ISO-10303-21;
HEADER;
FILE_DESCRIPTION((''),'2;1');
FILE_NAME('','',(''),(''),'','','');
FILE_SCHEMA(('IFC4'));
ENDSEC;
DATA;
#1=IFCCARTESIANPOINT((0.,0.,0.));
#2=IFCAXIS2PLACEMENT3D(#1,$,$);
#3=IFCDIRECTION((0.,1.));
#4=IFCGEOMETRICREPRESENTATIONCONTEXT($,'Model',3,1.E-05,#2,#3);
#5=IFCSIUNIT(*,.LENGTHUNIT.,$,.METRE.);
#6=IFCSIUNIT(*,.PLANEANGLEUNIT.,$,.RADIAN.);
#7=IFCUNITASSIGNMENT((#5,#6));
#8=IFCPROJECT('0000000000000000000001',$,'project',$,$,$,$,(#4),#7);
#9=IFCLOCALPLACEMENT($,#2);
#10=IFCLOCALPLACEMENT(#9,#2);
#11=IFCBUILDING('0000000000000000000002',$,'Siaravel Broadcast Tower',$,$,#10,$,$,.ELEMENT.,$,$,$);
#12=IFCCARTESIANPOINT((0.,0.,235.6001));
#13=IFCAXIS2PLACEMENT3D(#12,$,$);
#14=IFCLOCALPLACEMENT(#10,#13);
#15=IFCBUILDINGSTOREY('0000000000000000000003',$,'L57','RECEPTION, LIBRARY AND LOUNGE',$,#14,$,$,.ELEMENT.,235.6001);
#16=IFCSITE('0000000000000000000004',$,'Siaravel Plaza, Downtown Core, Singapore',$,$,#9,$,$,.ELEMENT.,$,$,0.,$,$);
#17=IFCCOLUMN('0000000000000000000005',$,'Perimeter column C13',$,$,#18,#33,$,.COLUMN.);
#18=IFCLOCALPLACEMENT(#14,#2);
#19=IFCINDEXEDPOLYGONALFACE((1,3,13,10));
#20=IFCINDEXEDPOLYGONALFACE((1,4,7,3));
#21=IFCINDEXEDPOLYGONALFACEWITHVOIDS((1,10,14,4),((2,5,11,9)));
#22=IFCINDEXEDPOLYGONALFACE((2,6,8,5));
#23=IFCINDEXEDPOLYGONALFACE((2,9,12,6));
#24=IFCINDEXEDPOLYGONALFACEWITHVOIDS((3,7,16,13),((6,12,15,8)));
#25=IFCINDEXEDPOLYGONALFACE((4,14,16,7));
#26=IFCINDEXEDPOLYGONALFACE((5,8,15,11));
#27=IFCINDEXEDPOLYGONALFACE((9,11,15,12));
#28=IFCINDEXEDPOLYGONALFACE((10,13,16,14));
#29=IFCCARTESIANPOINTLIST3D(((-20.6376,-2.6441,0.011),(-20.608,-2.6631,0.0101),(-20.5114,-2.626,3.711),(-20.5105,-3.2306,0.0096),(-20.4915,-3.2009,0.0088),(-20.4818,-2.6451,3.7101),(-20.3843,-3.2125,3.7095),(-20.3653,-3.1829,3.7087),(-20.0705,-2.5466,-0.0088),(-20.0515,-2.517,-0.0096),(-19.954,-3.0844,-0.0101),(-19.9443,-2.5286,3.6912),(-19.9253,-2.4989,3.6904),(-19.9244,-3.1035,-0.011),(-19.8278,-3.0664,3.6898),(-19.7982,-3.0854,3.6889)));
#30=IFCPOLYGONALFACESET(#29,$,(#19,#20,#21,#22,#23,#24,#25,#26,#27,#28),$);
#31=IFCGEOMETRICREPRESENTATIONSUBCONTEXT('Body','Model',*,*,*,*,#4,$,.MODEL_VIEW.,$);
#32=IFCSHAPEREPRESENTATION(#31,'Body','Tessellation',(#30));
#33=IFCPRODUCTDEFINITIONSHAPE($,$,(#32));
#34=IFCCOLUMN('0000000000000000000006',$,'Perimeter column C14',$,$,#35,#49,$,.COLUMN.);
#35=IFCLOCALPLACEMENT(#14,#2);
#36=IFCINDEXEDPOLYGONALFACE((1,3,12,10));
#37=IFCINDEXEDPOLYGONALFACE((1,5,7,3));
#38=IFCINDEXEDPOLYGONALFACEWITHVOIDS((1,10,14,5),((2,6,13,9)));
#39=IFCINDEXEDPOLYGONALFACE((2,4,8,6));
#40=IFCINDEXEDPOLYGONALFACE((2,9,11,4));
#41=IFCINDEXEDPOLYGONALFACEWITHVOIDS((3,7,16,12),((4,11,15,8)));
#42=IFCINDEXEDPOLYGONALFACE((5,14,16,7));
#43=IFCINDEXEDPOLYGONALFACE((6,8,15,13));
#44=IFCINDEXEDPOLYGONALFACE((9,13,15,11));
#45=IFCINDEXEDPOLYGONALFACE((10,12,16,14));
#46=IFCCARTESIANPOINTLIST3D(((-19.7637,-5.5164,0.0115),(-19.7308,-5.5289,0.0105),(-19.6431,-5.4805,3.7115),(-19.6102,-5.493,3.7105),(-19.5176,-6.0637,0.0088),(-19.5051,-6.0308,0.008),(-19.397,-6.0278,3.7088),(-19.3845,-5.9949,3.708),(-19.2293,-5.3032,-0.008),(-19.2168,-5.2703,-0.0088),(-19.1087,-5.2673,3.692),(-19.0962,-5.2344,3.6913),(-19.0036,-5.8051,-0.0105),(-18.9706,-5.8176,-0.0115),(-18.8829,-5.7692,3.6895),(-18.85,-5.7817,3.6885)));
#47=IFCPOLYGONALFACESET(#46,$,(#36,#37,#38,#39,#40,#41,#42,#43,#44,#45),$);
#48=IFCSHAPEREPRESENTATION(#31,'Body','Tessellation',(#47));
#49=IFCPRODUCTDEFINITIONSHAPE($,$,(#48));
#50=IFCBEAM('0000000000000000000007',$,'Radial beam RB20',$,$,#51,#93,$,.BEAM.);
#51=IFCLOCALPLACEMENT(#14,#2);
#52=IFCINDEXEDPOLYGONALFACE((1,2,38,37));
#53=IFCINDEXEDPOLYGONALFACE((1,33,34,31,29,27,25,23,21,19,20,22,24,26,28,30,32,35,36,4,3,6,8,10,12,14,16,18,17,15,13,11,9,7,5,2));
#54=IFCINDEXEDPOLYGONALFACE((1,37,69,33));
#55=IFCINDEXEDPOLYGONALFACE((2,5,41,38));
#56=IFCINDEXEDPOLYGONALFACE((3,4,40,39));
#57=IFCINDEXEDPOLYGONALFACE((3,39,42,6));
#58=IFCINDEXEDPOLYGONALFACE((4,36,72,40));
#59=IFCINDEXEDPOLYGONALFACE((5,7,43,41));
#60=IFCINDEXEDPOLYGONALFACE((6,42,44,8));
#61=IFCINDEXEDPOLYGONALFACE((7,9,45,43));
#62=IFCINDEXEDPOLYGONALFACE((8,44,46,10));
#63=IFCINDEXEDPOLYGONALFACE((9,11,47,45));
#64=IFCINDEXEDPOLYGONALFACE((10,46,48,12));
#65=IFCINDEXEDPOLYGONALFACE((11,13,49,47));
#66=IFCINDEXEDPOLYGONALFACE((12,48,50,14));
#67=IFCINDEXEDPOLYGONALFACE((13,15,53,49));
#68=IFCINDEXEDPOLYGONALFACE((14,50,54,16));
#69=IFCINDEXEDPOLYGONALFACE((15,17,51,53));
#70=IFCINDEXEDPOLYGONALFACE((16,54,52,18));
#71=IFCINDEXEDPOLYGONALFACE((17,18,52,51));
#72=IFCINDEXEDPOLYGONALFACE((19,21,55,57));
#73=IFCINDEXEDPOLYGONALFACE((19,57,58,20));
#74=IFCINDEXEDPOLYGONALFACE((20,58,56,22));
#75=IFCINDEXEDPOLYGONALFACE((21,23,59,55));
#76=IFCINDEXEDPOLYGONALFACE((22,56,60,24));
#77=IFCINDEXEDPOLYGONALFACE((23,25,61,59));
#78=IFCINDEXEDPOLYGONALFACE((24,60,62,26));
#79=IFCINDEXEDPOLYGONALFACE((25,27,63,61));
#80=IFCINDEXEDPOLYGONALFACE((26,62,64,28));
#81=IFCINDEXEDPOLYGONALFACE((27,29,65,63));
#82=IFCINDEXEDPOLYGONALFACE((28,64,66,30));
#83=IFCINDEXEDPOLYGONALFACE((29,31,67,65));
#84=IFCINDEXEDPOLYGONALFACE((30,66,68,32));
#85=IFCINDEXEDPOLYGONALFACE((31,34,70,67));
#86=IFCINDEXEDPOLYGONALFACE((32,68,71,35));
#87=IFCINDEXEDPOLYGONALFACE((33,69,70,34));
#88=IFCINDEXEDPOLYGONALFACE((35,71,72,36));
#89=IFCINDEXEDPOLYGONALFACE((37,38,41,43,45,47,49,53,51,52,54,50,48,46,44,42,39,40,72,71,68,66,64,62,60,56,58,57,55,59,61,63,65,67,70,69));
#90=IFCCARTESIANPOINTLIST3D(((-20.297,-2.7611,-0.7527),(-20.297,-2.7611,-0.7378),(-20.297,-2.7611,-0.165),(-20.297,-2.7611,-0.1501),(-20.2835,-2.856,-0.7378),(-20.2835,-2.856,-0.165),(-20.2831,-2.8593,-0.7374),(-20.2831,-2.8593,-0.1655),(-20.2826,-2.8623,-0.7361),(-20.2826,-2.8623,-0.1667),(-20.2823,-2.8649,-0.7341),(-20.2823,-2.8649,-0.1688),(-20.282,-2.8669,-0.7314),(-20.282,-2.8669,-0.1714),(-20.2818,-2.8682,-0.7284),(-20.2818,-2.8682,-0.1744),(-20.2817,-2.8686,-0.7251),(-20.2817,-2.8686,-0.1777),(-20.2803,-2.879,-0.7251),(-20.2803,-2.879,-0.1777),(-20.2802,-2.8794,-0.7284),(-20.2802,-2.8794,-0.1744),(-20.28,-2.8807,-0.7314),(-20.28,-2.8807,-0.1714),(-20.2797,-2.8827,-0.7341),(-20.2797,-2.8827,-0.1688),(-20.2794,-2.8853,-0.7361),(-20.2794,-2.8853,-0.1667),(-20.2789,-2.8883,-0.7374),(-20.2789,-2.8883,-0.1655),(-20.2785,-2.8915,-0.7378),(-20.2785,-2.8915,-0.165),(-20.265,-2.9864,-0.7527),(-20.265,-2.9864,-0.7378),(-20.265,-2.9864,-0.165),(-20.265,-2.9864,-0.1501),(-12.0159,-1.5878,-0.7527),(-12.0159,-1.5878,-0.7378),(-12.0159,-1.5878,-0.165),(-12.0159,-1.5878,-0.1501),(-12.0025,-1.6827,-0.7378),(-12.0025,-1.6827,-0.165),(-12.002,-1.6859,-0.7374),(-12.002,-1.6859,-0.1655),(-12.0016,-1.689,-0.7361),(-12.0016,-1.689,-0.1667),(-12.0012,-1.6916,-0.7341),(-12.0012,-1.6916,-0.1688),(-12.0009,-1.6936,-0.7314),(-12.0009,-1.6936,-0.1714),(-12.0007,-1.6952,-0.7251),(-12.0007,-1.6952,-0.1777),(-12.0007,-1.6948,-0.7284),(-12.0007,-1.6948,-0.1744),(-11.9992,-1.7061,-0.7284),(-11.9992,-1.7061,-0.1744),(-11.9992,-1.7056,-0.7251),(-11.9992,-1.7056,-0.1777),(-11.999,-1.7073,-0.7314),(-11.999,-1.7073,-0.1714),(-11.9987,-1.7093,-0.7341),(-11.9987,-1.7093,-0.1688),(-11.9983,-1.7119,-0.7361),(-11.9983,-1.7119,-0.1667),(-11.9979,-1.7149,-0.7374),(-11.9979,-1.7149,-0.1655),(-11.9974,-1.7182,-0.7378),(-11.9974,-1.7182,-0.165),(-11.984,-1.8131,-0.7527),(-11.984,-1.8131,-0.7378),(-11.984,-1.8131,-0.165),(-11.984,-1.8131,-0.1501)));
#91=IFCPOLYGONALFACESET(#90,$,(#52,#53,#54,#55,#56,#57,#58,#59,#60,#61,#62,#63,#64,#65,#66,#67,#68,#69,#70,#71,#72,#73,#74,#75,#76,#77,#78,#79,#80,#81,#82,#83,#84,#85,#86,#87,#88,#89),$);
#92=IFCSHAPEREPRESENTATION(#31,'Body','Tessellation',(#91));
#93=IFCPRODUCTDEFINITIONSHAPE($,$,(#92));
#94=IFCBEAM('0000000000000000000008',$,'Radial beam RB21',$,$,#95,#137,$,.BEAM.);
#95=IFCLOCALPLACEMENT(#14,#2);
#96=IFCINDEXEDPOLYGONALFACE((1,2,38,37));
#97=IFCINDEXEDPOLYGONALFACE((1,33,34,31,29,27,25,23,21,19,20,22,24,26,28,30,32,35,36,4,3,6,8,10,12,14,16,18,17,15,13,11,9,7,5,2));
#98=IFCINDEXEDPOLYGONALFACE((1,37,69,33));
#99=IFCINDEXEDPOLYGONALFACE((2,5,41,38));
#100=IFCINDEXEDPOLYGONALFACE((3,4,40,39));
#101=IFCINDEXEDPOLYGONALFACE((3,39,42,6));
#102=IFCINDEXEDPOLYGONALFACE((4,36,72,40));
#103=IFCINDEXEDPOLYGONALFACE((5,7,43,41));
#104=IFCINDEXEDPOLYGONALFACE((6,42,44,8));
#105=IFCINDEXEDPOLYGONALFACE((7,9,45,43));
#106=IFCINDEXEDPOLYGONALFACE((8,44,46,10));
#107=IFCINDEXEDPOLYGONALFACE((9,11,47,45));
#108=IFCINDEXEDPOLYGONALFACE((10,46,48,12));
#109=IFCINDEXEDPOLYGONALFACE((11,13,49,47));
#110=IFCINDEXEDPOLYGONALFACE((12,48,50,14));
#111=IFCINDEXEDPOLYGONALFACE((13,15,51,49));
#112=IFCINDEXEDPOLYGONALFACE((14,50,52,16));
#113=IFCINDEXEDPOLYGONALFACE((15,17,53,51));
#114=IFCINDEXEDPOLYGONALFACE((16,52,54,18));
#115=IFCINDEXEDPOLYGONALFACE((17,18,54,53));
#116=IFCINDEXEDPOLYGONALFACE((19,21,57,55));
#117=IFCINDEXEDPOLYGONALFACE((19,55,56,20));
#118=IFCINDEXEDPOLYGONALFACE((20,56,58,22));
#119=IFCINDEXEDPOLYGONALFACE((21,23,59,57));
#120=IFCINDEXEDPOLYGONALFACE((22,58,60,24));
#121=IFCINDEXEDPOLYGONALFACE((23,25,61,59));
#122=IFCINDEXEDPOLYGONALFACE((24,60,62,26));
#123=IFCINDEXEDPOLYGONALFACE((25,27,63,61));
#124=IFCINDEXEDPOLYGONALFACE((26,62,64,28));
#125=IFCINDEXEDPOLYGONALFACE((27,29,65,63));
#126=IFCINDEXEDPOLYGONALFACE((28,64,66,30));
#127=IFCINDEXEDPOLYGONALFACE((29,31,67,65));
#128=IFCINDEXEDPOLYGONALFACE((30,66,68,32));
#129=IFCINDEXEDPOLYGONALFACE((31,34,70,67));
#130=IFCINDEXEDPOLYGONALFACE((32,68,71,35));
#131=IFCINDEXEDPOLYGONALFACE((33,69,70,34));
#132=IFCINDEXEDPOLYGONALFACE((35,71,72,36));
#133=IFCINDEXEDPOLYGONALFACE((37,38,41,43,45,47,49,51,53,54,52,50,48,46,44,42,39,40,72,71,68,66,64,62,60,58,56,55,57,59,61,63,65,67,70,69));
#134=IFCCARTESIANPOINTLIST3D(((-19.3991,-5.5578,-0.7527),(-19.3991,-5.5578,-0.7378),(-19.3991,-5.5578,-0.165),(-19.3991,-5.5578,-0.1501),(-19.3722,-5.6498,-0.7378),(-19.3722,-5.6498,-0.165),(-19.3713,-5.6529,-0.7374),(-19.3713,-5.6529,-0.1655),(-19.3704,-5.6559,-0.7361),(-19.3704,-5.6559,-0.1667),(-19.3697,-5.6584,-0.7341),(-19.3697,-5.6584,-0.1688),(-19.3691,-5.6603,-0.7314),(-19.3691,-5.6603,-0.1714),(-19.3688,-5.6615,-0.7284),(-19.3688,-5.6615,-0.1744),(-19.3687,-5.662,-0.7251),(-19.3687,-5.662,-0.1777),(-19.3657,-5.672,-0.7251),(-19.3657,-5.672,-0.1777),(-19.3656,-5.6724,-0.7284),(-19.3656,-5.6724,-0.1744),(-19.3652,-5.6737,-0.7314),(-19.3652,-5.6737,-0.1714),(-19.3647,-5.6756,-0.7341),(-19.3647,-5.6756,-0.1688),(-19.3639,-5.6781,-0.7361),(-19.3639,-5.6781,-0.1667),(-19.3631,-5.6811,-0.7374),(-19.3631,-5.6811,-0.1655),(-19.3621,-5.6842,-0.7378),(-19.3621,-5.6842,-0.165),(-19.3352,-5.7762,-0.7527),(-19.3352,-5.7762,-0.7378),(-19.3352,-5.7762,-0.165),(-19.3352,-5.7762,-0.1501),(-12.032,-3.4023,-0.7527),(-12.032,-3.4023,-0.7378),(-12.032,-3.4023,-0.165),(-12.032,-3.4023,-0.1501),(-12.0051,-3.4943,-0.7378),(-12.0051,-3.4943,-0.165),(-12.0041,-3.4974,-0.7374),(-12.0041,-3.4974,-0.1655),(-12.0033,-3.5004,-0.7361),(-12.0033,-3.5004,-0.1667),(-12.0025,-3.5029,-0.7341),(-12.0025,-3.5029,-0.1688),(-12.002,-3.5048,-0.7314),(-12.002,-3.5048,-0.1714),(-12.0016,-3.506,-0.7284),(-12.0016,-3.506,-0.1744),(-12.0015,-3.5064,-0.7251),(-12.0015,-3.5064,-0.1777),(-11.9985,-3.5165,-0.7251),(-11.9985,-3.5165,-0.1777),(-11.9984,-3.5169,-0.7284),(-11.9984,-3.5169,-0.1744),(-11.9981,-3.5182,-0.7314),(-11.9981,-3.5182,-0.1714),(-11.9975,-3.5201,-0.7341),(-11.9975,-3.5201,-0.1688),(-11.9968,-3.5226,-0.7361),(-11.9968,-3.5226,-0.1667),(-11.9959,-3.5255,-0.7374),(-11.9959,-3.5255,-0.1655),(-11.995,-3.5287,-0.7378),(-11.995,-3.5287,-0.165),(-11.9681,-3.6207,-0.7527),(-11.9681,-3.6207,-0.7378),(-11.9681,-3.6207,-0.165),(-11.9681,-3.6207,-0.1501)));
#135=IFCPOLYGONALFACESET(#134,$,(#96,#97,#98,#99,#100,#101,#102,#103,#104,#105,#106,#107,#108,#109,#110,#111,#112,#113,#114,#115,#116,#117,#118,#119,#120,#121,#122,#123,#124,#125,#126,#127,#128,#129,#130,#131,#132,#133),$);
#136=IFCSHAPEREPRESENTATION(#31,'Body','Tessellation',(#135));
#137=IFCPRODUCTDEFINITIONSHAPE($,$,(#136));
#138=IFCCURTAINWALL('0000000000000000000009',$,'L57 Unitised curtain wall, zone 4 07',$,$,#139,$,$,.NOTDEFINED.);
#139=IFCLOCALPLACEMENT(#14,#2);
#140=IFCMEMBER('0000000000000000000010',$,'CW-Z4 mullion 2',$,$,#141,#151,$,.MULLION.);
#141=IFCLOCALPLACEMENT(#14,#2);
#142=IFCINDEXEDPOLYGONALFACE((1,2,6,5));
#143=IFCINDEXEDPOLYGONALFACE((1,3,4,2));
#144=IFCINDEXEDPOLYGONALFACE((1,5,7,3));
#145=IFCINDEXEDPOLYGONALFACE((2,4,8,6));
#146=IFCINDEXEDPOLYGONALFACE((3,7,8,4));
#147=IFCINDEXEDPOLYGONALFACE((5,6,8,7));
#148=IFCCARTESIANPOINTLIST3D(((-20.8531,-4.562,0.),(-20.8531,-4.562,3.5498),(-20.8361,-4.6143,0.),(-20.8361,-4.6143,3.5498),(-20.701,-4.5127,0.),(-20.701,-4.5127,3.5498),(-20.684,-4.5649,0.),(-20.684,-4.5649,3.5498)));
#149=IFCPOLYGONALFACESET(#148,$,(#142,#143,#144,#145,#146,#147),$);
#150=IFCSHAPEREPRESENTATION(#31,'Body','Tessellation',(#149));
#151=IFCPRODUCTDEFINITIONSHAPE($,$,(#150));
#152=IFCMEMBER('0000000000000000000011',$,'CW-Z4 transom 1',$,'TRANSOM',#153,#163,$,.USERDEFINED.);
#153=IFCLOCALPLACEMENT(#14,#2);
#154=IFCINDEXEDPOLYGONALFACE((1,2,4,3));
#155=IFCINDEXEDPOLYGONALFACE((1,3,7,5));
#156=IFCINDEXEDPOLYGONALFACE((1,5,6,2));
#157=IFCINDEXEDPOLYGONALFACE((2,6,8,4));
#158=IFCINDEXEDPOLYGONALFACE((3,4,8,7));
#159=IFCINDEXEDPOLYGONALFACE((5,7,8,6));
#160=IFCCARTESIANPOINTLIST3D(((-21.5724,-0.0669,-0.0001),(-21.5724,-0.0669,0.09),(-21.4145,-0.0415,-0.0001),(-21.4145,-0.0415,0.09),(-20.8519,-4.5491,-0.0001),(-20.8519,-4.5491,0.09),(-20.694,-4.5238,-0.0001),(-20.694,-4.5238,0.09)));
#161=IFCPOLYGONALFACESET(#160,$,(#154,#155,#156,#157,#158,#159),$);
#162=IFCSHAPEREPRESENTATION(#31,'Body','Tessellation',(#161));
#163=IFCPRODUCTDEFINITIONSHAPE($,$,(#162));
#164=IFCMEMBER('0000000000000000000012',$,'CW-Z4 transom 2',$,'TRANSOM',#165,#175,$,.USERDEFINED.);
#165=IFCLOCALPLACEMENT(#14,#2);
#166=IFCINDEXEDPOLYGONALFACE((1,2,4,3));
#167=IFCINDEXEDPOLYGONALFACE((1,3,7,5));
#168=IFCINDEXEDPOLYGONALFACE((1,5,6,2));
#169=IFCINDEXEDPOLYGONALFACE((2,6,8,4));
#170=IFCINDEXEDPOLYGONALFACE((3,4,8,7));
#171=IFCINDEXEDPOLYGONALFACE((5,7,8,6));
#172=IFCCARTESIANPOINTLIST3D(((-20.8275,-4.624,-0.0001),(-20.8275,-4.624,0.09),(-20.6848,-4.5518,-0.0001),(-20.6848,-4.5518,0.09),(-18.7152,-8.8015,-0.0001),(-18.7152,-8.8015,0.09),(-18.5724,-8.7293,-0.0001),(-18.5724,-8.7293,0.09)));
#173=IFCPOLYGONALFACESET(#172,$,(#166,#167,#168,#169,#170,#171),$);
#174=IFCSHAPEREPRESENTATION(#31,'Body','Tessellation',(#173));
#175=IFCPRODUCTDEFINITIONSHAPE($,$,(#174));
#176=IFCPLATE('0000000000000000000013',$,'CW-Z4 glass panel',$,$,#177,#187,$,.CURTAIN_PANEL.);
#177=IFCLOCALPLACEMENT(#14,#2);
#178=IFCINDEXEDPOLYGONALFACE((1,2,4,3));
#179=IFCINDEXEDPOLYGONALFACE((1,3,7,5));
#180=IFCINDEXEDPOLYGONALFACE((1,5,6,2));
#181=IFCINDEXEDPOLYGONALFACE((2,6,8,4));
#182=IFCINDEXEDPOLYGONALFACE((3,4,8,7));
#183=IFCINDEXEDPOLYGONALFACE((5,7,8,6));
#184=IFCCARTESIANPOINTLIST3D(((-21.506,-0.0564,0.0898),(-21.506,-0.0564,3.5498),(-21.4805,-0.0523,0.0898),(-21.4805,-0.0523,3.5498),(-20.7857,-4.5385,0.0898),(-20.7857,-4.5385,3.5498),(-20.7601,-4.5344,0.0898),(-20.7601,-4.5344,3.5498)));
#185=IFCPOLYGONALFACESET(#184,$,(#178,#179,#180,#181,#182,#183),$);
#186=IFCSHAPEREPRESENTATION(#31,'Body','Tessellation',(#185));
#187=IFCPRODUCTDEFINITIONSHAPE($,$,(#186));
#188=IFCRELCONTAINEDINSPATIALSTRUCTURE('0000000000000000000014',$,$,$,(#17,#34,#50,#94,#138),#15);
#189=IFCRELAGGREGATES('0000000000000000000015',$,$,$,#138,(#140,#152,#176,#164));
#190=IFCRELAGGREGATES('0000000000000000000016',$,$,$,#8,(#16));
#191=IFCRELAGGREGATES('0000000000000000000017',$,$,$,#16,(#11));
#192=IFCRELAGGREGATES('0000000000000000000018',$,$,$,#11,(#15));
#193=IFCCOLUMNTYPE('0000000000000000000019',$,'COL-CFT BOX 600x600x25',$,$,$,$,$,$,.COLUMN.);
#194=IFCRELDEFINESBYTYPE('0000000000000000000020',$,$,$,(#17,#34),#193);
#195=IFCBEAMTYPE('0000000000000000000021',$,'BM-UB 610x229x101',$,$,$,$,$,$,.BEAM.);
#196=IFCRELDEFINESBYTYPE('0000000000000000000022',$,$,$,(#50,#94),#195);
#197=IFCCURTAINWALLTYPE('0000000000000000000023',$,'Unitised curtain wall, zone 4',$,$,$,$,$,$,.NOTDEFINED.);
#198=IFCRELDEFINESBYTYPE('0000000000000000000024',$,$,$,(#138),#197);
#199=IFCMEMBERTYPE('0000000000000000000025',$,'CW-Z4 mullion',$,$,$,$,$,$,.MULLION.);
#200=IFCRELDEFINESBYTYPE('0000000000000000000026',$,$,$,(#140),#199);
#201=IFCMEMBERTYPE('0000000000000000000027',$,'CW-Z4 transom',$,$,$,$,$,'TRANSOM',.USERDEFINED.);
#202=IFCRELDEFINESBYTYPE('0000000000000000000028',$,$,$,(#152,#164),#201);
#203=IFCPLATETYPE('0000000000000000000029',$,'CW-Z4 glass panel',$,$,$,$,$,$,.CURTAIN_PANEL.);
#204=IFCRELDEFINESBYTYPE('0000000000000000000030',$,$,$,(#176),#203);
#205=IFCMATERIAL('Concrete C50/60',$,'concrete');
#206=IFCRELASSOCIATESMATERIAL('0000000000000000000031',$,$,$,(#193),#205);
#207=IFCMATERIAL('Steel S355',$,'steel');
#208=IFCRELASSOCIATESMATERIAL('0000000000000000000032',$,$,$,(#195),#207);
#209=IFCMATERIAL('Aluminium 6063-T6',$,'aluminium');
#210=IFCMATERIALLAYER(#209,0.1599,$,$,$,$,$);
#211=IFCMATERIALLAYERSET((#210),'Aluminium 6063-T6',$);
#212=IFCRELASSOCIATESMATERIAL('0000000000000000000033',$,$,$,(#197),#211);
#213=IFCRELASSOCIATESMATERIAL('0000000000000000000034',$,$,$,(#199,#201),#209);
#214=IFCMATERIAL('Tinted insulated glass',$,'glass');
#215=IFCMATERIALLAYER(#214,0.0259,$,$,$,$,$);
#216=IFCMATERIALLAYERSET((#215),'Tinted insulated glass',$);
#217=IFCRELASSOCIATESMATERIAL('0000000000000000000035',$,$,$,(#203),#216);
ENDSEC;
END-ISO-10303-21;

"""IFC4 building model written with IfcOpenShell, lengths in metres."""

from ifc_helpers import new_model, si_unit, direction, frame, origin, origin_2d, place, context, subcontext, project, spatial, rectangle, hollow_rectangle, i_section, extrude, material, layer, layer_set, material_profile, profile_set, type_object, element, aggregate, save


model = new_model("IFC4")

# Units and contexts
model_context = context("Model", 3, precision=1e-05, world=origin(), true_north=direction((0.0, 1.0)))
body_context = subcontext(model_context, "Body", "Model", "MODEL_VIEW")
ifc_project = project(units=[si_unit("LENGTHUNIT", "METRE"), si_unit("PLANEANGLEUNIT", "RADIAN")], contexts=[model_context])

# Site, building, storey
site_placement = place(None, origin())
site = spatial("IfcSite", under=ifc_project, at=site_placement, Name="Siaravel Plaza, Downtown Core, Singapore", CompositionType="ELEMENT", RefElevation=0.0)
building_placement = place(site_placement, origin())
building = spatial("IfcBuilding", under=site, at=building_placement, Name="Siaravel Broadcast Tower", CompositionType="ELEMENT")
storey_placement = place(building_placement, frame((0.0, 0.0, 235.6001)))
storey = spatial("IfcBuildingStorey", under=building, at=storey_placement, Name="L57", Description="RECEPTION, LIBRARY AND LOUNGE", CompositionType="ELEMENT", Elevation=235.6001)

# Columns
ifc_material_1 = material(Name="Concrete C50/60", Category="concrete")
ifc_material_profile_1 = material_profile(ifc_material_1, hollow_rectangle(XDim=0.6001, YDim=0.6001, WallThickness=0.0249, at=origin_2d()))
ifc_profile_set_1 = profile_set([ifc_material_profile_1], Name="Concrete C50/60")
column_type = type_object("IfcColumnType", Name="COL-CFT BOX 600x600x25", PredefinedType="COLUMN", material=ifc_profile_set_1)
for number, where, z_axis, x_axis, name in (
    (1, (-20.281, -2.8738, 0.0), (0.034094, 0.00488, 0.999407), (-0.211771, 0.977316, 0.002452), "Perimeter column C13"),
    (2, (-19.3672, -5.667, 0.0), (0.032578, 0.009694, 0.999422), (-0.410159, 0.912003, 0.004524), "Perimeter column C14"),
):
    element("IfcColumn", number, at=place(storey_placement, frame(where, z_axis=z_axis, x_axis=x_axis)), inside=storey, type_object=column_type, Name=name, PredefinedType="COLUMN", context=body_context, shape_type="SweptSolid", body=[
        extrude(hollow_rectangle(XDim=0.6001, YDim=0.6001, WallThickness=0.0249, at=origin_2d()), origin(), (0.0, 0.0, 1.0), 3.7021),
    ])

# Beams
ifc_material_2 = material(Name="Steel S355", Category="steel")
ifc_material_profile_2 = material_profile(ifc_material_2, i_section(OverallWidth=0.2275, OverallDepth=0.6025, WebThickness=0.0105, FlangeThickness=0.0149, FilletRadius=0.0127, at=origin_2d()))
ifc_profile_set_2 = profile_set([ifc_material_profile_2], Name="Steel S355")
beam_type = type_object("IfcBeamType", Name="BM-UB 610x229x101", PredefinedType="BEAM", material=ifc_profile_set_2)
beam_1_placement = place(storey_placement, frame((-20.281, -2.8738, -0.4514), z_axis=(0.990111, 0.140289, 0.0), x_axis=(-0.140289, 0.990111, 0.0)))
element("IfcBeam", 3, at=beam_1_placement, inside=storey, type_object=beam_type, Name="Radial beam RB20", PredefinedType="BEAM", context=body_context, shape_type="SweptSolid", body=[
    extrude(i_section(OverallWidth=0.2275, OverallDepth=0.6025, WebThickness=0.0105, FlangeThickness=0.0149, FilletRadius=0.0127, at=origin_2d()), origin(), (0.0, 0.0, 1.0), 8.3638),
])
beam_2_placement = place(storey_placement, frame((-19.3672, -5.667, -0.4514), z_axis=(0.959763, 0.280811, 0.0), x_axis=(-0.280811, 0.959763, 0.0)))
element("IfcBeam", 4, at=beam_2_placement, inside=storey, type_object=beam_type, Name="Radial beam RB21", PredefinedType="BEAM", context=body_context, shape_type="SweptSolid", body=[
    extrude(i_section(OverallWidth=0.2275, OverallDepth=0.6025, WebThickness=0.0105, FlangeThickness=0.0149, FilletRadius=0.0127, at=origin_2d()), origin(), (0.0, 0.0, 1.0), 7.676),
])

# Curtain wall, members, plate
ifc_material_3 = material(Name="Aluminium 6063-T6", Category="aluminium")
ifc_layer_1 = layer(ifc_material_3, 0.1599)
ifc_layer_set_1 = layer_set([ifc_layer_1], Name="Aluminium 6063-T6")
curtain_wall_type = type_object("IfcCurtainWallType", Name="Unitised curtain wall, zone 4", PredefinedType="NOTDEFINED", material=ifc_layer_set_1)
curtain_wall_placement = place(storey_placement, origin())
curtain_wall = element("IfcCurtainWall", 5, at=curtain_wall_placement, inside=storey, type_object=curtain_wall_type, Name="L57 Unitised curtain wall, zone 4 07", PredefinedType="NOTDEFINED")
ifc_material_profile_3 = material_profile(ifc_material_3, rectangle(XDim=0.1599, YDim=0.0549, at=origin_2d()))
ifc_profile_set_3 = profile_set([ifc_material_profile_3], Name="Aluminium 6063-T6")
member_type_1 = type_object("IfcMemberType", Name="CW-Z4 mullion", PredefinedType="MULLION", material=ifc_profile_set_3)
member_1_placement = place(storey_placement, frame((-20.7686, -4.5635, 0.0), z_axis=(0.0, 0.0, 1.0), x_axis=(0.951178, 0.308644, 0.0)))
member_1 = element("IfcMember", 6, at=member_1_placement, type_object=member_type_1, Name="CW-Z4 mullion 2", PredefinedType="MULLION", context=body_context, shape_type="SweptSolid", body=[
    extrude(rectangle(XDim=0.1599, YDim=0.0549, at=origin_2d()), origin(), (0.0, 0.0, 1.0), 3.5498),
])
ifc_material_profile_4 = material_profile(ifc_material_3, rectangle(XDim=0.1599, YDim=0.0901, at=origin_2d()))
ifc_profile_set_4 = profile_set([ifc_material_profile_4], Name="Aluminium 6063-T6")
member_type_2 = type_object("IfcMemberType", Name="CW-Z4 transom", ElementType="TRANSOM", PredefinedType="USERDEFINED", material=ifc_profile_set_4)
member_2_placement = place(storey_placement, frame((-21.4934, -0.0542, 0.0449), z_axis=(0.158701, -0.987327, 0.0), x_axis=(0.987327, 0.158701, 0.0)))
member_2 = element("IfcMember", 7, at=member_2_placement, type_object=member_type_2, Name="CW-Z4 transom 1", ObjectType="TRANSOM", PredefinedType="USERDEFINED", context=body_context, shape_type="SweptSolid", body=[
    extrude(rectangle(XDim=0.1599, YDim=0.0901, at=origin_2d()), origin(), (0.0, 0.0, 1.0), 4.5398),
])
member_3_placement = place(storey_placement, frame((-20.7561, -4.5879, 0.0449), z_axis=(0.451235, -0.892405, 0.0), x_axis=(0.892405, 0.451235, 0.0)))
member_3 = element("IfcMember", 8, at=member_3_placement, type_object=member_type_2, Name="CW-Z4 transom 2", ObjectType="TRANSOM", PredefinedType="USERDEFINED", context=body_context, shape_type="SweptSolid", body=[
    extrude(rectangle(XDim=0.1599, YDim=0.0901, at=origin_2d()), origin(), (0.0, 0.0, 1.0), 4.6812),
])
ifc_material_4 = material(Name="Tinted insulated glass", Category="glass")
ifc_layer_2 = layer(ifc_material_4, 0.0259)
ifc_layer_set_2 = layer_set([ifc_layer_2], Name="Tinted insulated glass")
plate_type = type_object("IfcPlateType", Name="CW-Z4 glass panel", PredefinedType="CURTAIN_PANEL", material=ifc_layer_set_2)
plate_1_placement = place(storey_placement, frame((-21.1331, -2.2954, 0.0898), z_axis=(0.0, 0.0, 1.0), x_axis=(0.158685, -0.987329, 0.0)))
plate_1 = element("IfcPlate", 9, at=plate_1_placement, type_object=plate_type, Name="CW-Z4 glass panel", PredefinedType="CURTAIN_PANEL", context=body_context, shape_type="SweptSolid", body=[
    extrude(rectangle(XDim=4.5396, YDim=0.0259, at=origin_2d()), origin(), (0.0, 0.0, 1.0), 3.46),
])
aggregate(curtain_wall, [member_1, member_2, plate_1, member_3])

save(model, "model.ifc")
